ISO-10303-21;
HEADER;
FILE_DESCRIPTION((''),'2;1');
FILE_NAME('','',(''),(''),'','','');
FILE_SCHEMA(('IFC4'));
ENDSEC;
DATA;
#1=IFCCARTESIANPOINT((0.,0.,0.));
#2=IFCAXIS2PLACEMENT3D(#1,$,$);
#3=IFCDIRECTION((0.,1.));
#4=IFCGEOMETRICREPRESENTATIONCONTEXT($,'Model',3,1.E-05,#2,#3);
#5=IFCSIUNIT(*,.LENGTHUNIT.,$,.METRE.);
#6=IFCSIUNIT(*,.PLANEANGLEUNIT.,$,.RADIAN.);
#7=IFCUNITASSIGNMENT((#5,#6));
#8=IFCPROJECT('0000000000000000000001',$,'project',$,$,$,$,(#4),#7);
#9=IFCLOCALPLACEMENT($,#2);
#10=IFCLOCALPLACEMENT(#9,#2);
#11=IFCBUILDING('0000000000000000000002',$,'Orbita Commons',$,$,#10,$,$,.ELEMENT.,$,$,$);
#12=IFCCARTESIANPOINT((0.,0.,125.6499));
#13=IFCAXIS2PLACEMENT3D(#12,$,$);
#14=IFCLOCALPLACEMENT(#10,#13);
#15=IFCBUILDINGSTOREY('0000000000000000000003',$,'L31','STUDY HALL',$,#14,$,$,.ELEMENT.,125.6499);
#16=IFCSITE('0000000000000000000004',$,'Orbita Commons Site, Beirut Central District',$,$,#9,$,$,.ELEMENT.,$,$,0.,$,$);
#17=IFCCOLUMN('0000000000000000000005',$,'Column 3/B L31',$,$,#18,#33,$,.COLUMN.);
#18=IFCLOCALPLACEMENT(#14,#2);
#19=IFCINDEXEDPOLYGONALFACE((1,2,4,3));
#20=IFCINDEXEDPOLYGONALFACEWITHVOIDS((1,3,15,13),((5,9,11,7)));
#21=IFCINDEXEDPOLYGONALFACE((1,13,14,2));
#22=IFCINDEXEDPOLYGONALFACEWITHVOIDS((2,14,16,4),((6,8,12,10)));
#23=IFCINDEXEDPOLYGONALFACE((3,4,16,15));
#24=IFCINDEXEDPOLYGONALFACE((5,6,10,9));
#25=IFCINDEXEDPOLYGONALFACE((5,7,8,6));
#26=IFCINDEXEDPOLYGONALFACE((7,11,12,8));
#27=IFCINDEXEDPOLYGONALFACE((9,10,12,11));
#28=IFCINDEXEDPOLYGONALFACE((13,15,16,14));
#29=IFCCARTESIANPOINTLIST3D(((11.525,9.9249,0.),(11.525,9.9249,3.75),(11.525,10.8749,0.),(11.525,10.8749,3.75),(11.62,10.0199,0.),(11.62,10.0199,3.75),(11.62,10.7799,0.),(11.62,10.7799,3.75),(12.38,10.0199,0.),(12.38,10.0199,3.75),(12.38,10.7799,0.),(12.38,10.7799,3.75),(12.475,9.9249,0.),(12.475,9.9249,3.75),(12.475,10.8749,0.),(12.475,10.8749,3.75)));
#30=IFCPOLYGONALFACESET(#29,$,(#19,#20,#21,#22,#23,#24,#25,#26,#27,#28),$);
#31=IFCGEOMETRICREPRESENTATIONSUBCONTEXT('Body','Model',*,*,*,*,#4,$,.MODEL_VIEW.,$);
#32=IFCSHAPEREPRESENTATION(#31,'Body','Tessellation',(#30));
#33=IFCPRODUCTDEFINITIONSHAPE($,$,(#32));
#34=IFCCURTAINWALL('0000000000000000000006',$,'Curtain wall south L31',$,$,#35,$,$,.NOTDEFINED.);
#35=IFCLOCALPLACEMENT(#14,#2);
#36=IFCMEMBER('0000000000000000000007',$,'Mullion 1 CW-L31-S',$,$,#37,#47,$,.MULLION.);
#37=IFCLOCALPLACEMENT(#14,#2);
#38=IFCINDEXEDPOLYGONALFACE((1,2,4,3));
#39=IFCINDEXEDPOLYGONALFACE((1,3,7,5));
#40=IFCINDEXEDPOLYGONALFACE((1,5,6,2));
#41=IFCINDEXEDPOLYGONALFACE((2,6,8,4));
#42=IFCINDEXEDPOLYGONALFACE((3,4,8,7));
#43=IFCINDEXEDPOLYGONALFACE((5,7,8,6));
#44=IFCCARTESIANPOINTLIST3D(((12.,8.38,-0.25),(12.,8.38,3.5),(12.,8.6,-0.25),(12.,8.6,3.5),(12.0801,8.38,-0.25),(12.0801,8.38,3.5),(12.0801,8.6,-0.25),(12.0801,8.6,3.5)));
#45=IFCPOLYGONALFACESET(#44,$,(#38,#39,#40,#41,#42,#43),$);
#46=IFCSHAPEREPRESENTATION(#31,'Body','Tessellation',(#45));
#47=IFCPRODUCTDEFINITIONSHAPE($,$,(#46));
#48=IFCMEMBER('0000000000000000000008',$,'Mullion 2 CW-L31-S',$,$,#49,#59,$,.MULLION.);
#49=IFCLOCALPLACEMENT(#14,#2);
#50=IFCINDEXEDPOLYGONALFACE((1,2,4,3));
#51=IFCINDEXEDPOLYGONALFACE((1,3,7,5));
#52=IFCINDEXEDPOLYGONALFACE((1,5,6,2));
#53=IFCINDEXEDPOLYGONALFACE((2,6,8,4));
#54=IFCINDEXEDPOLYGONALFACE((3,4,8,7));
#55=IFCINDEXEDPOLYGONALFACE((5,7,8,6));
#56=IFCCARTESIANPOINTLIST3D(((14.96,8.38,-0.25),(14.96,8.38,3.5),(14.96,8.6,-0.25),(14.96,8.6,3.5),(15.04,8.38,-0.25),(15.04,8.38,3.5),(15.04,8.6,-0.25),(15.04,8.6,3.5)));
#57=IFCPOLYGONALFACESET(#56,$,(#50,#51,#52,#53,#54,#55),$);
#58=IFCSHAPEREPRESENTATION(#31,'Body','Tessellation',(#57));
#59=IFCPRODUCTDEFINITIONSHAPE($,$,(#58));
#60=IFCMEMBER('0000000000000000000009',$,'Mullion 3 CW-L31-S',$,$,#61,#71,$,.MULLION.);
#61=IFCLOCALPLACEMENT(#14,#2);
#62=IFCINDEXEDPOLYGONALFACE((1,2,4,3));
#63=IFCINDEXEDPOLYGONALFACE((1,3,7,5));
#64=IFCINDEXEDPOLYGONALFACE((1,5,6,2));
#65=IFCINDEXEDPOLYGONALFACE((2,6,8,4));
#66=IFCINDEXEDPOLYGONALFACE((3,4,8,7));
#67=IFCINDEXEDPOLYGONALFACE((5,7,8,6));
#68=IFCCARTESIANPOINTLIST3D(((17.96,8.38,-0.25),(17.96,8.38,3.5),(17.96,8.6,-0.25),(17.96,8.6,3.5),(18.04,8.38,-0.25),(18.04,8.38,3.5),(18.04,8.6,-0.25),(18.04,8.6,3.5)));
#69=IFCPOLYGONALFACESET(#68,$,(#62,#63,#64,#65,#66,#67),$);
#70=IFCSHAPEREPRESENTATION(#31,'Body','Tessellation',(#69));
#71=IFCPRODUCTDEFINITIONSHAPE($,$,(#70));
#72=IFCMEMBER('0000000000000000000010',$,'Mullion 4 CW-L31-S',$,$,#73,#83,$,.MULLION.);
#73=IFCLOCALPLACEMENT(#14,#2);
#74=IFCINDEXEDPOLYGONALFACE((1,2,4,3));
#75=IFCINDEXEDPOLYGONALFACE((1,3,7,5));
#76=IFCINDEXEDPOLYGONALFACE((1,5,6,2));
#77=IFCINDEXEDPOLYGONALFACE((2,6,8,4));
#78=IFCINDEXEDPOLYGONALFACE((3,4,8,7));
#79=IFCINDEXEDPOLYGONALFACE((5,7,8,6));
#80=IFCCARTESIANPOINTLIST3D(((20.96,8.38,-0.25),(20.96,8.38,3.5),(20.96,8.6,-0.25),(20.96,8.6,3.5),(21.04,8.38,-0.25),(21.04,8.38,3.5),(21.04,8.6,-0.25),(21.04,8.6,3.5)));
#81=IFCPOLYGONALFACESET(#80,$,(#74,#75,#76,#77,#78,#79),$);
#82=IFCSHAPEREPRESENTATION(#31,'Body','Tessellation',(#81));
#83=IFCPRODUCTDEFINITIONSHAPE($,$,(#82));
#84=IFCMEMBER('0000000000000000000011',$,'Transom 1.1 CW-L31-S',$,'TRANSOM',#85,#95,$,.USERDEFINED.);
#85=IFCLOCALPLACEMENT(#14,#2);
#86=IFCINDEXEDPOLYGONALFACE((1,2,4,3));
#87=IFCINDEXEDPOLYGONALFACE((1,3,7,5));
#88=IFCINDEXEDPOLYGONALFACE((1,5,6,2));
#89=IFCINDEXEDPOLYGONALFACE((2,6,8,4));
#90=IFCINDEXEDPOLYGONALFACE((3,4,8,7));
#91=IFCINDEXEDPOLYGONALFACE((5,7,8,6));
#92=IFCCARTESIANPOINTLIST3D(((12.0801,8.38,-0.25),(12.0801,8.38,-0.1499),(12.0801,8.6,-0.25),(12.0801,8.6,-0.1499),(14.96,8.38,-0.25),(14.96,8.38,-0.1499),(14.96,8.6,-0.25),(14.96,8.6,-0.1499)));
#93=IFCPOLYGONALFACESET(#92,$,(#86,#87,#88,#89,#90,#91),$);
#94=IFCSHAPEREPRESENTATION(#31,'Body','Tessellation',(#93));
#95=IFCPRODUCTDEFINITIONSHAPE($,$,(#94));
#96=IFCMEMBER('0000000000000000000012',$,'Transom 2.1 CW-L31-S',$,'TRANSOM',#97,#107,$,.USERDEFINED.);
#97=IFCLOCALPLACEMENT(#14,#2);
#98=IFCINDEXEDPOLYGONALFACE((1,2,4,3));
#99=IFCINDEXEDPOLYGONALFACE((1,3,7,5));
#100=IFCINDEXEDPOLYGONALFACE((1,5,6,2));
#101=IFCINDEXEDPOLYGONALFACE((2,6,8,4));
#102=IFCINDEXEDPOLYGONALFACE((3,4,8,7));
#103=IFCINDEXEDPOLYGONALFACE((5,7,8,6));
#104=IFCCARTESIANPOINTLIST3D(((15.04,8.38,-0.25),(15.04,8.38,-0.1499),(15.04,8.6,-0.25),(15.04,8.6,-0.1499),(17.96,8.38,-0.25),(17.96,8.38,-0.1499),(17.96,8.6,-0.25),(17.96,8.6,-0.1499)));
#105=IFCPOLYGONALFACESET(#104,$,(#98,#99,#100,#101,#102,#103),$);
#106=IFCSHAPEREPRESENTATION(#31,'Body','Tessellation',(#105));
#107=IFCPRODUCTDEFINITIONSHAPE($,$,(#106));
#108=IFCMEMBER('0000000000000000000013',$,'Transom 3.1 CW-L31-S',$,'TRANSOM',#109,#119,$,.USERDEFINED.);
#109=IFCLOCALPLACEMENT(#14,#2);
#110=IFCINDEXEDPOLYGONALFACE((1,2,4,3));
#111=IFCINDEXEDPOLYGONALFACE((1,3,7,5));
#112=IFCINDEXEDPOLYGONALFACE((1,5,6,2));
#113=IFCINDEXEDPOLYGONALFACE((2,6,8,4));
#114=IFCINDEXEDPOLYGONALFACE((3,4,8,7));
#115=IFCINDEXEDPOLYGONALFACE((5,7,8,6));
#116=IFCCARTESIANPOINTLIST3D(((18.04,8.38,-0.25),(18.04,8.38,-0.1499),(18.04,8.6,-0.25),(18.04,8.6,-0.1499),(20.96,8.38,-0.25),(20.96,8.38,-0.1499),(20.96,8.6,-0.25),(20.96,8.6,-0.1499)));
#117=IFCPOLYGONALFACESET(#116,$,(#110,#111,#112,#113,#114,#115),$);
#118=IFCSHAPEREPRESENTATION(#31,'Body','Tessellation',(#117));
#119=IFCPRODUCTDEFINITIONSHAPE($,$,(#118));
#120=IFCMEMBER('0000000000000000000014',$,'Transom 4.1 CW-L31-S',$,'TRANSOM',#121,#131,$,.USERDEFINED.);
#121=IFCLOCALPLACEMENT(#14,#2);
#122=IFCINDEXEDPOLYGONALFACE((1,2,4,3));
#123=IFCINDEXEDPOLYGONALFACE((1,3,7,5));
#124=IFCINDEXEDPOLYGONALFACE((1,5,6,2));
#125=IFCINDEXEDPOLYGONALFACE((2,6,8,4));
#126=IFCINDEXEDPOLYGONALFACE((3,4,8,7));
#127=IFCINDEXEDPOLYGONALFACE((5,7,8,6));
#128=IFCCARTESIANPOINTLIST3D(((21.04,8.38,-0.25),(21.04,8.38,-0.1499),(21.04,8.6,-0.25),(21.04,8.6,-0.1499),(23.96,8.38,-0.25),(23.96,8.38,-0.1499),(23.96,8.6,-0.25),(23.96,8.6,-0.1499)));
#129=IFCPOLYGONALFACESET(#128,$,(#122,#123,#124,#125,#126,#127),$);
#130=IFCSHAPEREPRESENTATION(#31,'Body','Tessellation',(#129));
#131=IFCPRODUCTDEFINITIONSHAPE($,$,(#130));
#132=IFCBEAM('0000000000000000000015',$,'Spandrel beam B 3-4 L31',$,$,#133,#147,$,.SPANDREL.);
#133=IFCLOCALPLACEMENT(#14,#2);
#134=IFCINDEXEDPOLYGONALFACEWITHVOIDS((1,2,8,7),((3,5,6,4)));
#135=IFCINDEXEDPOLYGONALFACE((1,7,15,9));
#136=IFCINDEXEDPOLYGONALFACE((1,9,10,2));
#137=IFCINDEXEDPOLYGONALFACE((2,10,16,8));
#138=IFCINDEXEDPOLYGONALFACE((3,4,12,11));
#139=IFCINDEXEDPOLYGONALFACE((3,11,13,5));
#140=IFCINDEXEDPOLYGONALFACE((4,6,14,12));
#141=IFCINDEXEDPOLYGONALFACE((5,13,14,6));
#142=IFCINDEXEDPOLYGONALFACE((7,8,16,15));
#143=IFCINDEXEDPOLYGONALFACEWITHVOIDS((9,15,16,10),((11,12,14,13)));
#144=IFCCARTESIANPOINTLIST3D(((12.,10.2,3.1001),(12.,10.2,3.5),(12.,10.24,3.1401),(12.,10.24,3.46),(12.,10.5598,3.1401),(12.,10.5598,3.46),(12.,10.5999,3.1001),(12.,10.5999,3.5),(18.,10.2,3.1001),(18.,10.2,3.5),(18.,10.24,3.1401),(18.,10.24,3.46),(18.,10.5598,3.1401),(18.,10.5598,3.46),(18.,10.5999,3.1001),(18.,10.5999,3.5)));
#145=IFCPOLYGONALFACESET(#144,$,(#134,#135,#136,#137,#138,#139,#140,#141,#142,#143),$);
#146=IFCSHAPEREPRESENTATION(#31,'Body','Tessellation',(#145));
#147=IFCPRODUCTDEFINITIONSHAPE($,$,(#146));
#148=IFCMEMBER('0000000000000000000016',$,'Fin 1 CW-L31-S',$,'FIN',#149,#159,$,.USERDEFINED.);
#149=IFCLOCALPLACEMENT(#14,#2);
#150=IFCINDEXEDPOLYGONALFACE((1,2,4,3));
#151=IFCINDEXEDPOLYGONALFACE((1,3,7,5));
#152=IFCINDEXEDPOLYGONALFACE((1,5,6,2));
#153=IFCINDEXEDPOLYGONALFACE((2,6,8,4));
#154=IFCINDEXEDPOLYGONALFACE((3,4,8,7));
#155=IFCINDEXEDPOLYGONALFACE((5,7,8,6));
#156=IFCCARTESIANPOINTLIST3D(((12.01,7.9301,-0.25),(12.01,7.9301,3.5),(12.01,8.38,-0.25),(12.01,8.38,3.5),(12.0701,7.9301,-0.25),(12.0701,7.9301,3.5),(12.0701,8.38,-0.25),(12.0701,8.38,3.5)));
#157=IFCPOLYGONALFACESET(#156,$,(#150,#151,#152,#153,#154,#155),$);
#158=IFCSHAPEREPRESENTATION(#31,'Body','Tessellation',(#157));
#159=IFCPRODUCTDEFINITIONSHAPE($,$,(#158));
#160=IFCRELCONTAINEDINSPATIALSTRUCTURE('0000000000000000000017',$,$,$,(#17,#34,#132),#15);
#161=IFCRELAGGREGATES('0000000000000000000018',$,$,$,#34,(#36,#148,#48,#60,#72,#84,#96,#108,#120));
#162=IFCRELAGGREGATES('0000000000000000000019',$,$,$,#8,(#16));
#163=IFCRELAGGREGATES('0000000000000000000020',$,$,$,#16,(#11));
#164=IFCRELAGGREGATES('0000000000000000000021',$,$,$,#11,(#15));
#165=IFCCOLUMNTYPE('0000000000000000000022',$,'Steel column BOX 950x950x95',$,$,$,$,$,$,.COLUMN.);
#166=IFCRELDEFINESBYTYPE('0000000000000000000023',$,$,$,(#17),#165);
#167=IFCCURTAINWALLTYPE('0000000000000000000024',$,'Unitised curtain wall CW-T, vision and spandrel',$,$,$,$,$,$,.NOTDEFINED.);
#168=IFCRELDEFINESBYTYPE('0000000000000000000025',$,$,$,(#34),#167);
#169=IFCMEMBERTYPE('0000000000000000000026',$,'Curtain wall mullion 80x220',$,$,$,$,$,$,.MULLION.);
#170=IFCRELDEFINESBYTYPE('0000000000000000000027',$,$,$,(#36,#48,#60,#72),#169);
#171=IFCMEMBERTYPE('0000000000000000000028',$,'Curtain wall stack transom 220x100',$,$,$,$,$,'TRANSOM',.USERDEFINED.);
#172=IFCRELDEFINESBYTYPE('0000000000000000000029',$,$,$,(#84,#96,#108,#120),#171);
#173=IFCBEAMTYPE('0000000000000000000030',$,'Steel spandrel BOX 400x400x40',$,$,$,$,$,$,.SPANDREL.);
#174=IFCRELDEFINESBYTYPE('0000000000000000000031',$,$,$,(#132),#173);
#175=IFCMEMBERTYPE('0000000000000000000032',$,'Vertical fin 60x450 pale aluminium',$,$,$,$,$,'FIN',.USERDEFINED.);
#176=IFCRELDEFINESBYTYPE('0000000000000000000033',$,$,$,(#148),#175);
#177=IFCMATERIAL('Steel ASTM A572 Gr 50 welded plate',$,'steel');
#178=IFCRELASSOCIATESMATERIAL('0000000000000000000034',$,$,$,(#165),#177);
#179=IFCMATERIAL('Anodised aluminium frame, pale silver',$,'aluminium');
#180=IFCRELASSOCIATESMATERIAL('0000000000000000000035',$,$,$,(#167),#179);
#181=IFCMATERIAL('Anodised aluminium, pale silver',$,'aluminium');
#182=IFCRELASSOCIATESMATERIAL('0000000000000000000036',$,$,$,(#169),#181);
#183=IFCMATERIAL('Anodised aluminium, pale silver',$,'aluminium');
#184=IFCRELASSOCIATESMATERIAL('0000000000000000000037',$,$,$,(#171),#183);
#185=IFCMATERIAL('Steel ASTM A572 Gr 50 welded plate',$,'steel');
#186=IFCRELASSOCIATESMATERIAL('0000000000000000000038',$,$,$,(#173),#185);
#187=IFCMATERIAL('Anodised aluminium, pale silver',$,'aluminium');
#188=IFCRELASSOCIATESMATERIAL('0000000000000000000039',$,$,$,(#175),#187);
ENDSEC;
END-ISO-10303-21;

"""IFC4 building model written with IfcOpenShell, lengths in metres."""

from ifc_helpers import new_model, si_unit, direction, frame, origin, origin_2d, place, context, subcontext, project, spatial, rectangle, hollow_rectangle, extrude, material, material_profile, profile_set, type_object, element, aggregate, save


model = new_model("IFC4")

# Units and contexts
model_context = context("Model", 3, precision=1e-05, world=origin(), true_north=direction((0.0, 1.0)))
body_context = subcontext(model_context, "Body", "Model", "MODEL_VIEW")
ifc_project = project(units=[si_unit("LENGTHUNIT", "METRE"), si_unit("PLANEANGLEUNIT", "RADIAN")], contexts=[model_context])

# Site, building, storey
site_placement = place(None, origin())
site = spatial("IfcSite", under=ifc_project, at=site_placement, Name="Orbita Commons Site, Beirut Central District", CompositionType="ELEMENT", RefElevation=0.0)
building_placement = place(site_placement, origin())
building = spatial("IfcBuilding", under=site, at=building_placement, Name="Orbita Commons", CompositionType="ELEMENT")
storey_placement = place(building_placement, frame((0.0, 0.0, 125.6499)))
storey = spatial("IfcBuildingStorey", under=building, at=storey_placement, Name="L31", Description="STUDY HALL", CompositionType="ELEMENT", Elevation=125.6499)

# Column
ifc_material_1 = material(Name="Steel ASTM A572 Gr 50 welded plate", Category="steel")
ifc_material_profile_1 = material_profile(ifc_material_1, hollow_rectangle(XDim=0.95, YDim=0.95, WallThickness=0.095, at=origin_2d()), Name="BOX 950x950x95")
ifc_profile_set_1 = profile_set([ifc_material_profile_1], Name="Steel ASTM A572 Gr 50 welded plate")
column_type = type_object("IfcColumnType", Name="Steel column BOX 950x950x95", PredefinedType="COLUMN", material=ifc_profile_set_1)
column_placement = place(storey_placement, frame((12.0, 10.3999, 0.0), z_axis=(0.0, 0.0, 1.0), x_axis=(1.0, 0.0, 0.0)))
element("IfcColumn", 1, at=column_placement, inside=storey, type_object=column_type, Name="Column 3/B L31", PredefinedType="COLUMN", context=body_context, shape_type="SweptSolid", body=[
    extrude(hollow_rectangle(XDim=0.95, YDim=0.95, WallThickness=0.095, at=origin_2d()), origin(), (0.0, 0.0, 1.0), 3.75),
])

# Curtain wall, members
ifc_material_2 = material(Name="Anodised aluminium frame, pale silver", Category="aluminium")
curtain_wall_type = type_object("IfcCurtainWallType", Name="Unitised curtain wall CW-T, vision and spandrel", PredefinedType="NOTDEFINED", material=ifc_material_2)
curtain_wall_placement = place(storey_placement, origin())
curtain_wall = element("IfcCurtainWall", 2, at=curtain_wall_placement, inside=storey, type_object=curtain_wall_type, Name="Curtain wall south L31", PredefinedType="NOTDEFINED")
ifc_material_3 = material(Name="Anodised aluminium, pale silver", Category="aluminium")
ifc_material_profile_2 = material_profile(ifc_material_3, rectangle(XDim=0.0801, YDim=0.22, at=origin_2d()), Name="AL 80x220")
ifc_profile_set_2 = profile_set([ifc_material_profile_2], Name="Anodised aluminium, pale silver")
member_type_1 = type_object("IfcMemberType", Name="Curtain wall mullion 80x220", PredefinedType="MULLION", material=ifc_profile_set_2)
member_1_placement = place(storey_placement, frame((12.04, 8.49, -0.25), z_axis=(0.0, 0.0, 1.0), x_axis=(1.0, 0.0, 0.0)))
member_1 = element("IfcMember", 3, at=member_1_placement, type_object=member_type_1, Name="Mullion 1 CW-L31-S", PredefinedType="MULLION", context=body_context, shape_type="SweptSolid", body=[
    extrude(rectangle(XDim=0.0801, YDim=0.22, at=origin_2d()), origin(), (0.0, 0.0, 1.0), 3.75),
])
member_2_placement = place(storey_placement, frame((15.0, 8.49, -0.25), z_axis=(0.0, 0.0, 1.0), x_axis=(1.0, 0.0, 0.0)))
member_2 = element("IfcMember", 4, at=member_2_placement, type_object=member_type_1, Name="Mullion 2 CW-L31-S", PredefinedType="MULLION", context=body_context, shape_type="SweptSolid", body=[
    extrude(rectangle(XDim=0.0801, YDim=0.22, at=origin_2d()), origin(), (0.0, 0.0, 1.0), 3.75),
])
member_3_placement = place(storey_placement, frame((18.0, 8.49, -0.25), z_axis=(0.0, 0.0, 1.0), x_axis=(1.0, 0.0, 0.0)))
member_3 = element("IfcMember", 5, at=member_3_placement, type_object=member_type_1, Name="Mullion 3 CW-L31-S", PredefinedType="MULLION", context=body_context, shape_type="SweptSolid", body=[
    extrude(rectangle(XDim=0.0801, YDim=0.22, at=origin_2d()), origin(), (0.0, 0.0, 1.0), 3.75),
])
member_4_placement = place(storey_placement, frame((21.0, 8.49, -0.25), z_axis=(0.0, 0.0, 1.0), x_axis=(1.0, 0.0, 0.0)))
member_4 = element("IfcMember", 6, at=member_4_placement, type_object=member_type_1, Name="Mullion 4 CW-L31-S", PredefinedType="MULLION", context=body_context, shape_type="SweptSolid", body=[
    extrude(rectangle(XDim=0.0801, YDim=0.22, at=origin_2d()), origin(), (0.0, 0.0, 1.0), 3.75),
])
ifc_material_4 = material(Name="Anodised aluminium, pale silver", Category="aluminium")
ifc_material_profile_3 = material_profile(ifc_material_4, rectangle(XDim=0.22, YDim=0.1001, at=origin_2d()), Name="AL 220x100")
ifc_profile_set_3 = profile_set([ifc_material_profile_3], Name="Anodised aluminium, pale silver")
member_type_2 = type_object("IfcMemberType", Name="Curtain wall stack transom 220x100", ElementType="TRANSOM", PredefinedType="USERDEFINED", material=ifc_profile_set_3)
member_5_placement = place(storey_placement, frame((12.0801, 8.49, -0.2), z_axis=(1.0, 0.0, 0.0), x_axis=(0.0, 1.0, 0.0)))
member_5 = element("IfcMember", 7, at=member_5_placement, type_object=member_type_2, Name="Transom 1.1 CW-L31-S", ObjectType="TRANSOM", PredefinedType="USERDEFINED", context=body_context, shape_type="SweptSolid", body=[
    extrude(rectangle(XDim=0.22, YDim=0.1001, at=origin_2d()), origin(), (0.0, 0.0, 1.0), 2.8799),
])
member_6_placement = place(storey_placement, frame((15.04, 8.49, -0.2), z_axis=(1.0, 0.0, 0.0), x_axis=(0.0, 1.0, 0.0)))
member_6 = element("IfcMember", 8, at=member_6_placement, type_object=member_type_2, Name="Transom 2.1 CW-L31-S", ObjectType="TRANSOM", PredefinedType="USERDEFINED", context=body_context, shape_type="SweptSolid", body=[
    extrude(rectangle(XDim=0.22, YDim=0.1001, at=origin_2d()), origin(), (0.0, 0.0, 1.0), 2.9199),
])
member_7_placement = place(storey_placement, frame((18.04, 8.49, -0.2), z_axis=(1.0, 0.0, 0.0), x_axis=(0.0, 1.0, 0.0)))
member_7 = element("IfcMember", 9, at=member_7_placement, type_object=member_type_2, Name="Transom 3.1 CW-L31-S", ObjectType="TRANSOM", PredefinedType="USERDEFINED", context=body_context, shape_type="SweptSolid", body=[
    extrude(rectangle(XDim=0.22, YDim=0.1001, at=origin_2d()), origin(), (0.0, 0.0, 1.0), 2.9199),
])
member_8_placement = place(storey_placement, frame((21.04, 8.49, -0.2), z_axis=(1.0, 0.0, 0.0), x_axis=(0.0, 1.0, 0.0)))
member_8 = element("IfcMember", 10, at=member_8_placement, type_object=member_type_2, Name="Transom 4.1 CW-L31-S", ObjectType="TRANSOM", PredefinedType="USERDEFINED", context=body_context, shape_type="SweptSolid", body=[
    extrude(rectangle(XDim=0.22, YDim=0.1001, at=origin_2d()), origin(), (0.0, 0.0, 1.0), 2.9199),
])

# Beam
ifc_material_5 = material(Name="Steel ASTM A572 Gr 50 welded plate", Category="steel")
ifc_material_profile_4 = material_profile(ifc_material_5, hollow_rectangle(XDim=0.3999, YDim=0.3999, WallThickness=0.04, at=origin_2d()), Name="BOX 400x400x40")
ifc_profile_set_4 = profile_set([ifc_material_profile_4], Name="Steel ASTM A572 Gr 50 welded plate")
beam_type = type_object("IfcBeamType", Name="Steel spandrel BOX 400x400x40", PredefinedType="SPANDREL", material=ifc_profile_set_4)
beam_placement = place(storey_placement, frame((12.0, 10.3999, 3.3), z_axis=(1.0, 0.0, 0.0), x_axis=(0.0, 1.0, 0.0)))
element("IfcBeam", 11, at=beam_placement, inside=storey, type_object=beam_type, Name="Spandrel beam B 3-4 L31", PredefinedType="SPANDREL", context=body_context, shape_type="SweptSolid", body=[
    extrude(hollow_rectangle(XDim=0.3999, YDim=0.3999, WallThickness=0.04, at=origin_2d()), origin(), (0.0, 0.0, 1.0), 6.0),
])

# Member
ifc_material_6 = material(Name="Anodised aluminium, pale silver", Category="aluminium")
ifc_material_profile_5 = material_profile(ifc_material_6, rectangle(XDim=0.0601, YDim=0.45, at=origin_2d()), Name="FIN 60x450")
ifc_profile_set_5 = profile_set([ifc_material_profile_5], Name="Anodised aluminium, pale silver")
member_type_3 = type_object("IfcMemberType", Name="Vertical fin 60x450 pale aluminium", ElementType="FIN", PredefinedType="USERDEFINED", material=ifc_profile_set_5)
member_9_placement = place(storey_placement, frame((12.04, 8.155, -0.25), z_axis=(0.0, 0.0, 1.0), x_axis=(1.0, 0.0, 0.0)))
member_9 = element("IfcMember", 12, at=member_9_placement, type_object=member_type_3, Name="Fin 1 CW-L31-S", ObjectType="FIN", PredefinedType="USERDEFINED", context=body_context, shape_type="SweptSolid", body=[
    extrude(rectangle(XDim=0.0601, YDim=0.45, at=origin_2d()), origin(), (0.0, 0.0, 1.0), 3.75),
])

aggregate(curtain_wall, [member_1, member_9, member_2, member_3, member_4, member_5, member_6, member_7, member_8])

save(model, "model.ifc")
